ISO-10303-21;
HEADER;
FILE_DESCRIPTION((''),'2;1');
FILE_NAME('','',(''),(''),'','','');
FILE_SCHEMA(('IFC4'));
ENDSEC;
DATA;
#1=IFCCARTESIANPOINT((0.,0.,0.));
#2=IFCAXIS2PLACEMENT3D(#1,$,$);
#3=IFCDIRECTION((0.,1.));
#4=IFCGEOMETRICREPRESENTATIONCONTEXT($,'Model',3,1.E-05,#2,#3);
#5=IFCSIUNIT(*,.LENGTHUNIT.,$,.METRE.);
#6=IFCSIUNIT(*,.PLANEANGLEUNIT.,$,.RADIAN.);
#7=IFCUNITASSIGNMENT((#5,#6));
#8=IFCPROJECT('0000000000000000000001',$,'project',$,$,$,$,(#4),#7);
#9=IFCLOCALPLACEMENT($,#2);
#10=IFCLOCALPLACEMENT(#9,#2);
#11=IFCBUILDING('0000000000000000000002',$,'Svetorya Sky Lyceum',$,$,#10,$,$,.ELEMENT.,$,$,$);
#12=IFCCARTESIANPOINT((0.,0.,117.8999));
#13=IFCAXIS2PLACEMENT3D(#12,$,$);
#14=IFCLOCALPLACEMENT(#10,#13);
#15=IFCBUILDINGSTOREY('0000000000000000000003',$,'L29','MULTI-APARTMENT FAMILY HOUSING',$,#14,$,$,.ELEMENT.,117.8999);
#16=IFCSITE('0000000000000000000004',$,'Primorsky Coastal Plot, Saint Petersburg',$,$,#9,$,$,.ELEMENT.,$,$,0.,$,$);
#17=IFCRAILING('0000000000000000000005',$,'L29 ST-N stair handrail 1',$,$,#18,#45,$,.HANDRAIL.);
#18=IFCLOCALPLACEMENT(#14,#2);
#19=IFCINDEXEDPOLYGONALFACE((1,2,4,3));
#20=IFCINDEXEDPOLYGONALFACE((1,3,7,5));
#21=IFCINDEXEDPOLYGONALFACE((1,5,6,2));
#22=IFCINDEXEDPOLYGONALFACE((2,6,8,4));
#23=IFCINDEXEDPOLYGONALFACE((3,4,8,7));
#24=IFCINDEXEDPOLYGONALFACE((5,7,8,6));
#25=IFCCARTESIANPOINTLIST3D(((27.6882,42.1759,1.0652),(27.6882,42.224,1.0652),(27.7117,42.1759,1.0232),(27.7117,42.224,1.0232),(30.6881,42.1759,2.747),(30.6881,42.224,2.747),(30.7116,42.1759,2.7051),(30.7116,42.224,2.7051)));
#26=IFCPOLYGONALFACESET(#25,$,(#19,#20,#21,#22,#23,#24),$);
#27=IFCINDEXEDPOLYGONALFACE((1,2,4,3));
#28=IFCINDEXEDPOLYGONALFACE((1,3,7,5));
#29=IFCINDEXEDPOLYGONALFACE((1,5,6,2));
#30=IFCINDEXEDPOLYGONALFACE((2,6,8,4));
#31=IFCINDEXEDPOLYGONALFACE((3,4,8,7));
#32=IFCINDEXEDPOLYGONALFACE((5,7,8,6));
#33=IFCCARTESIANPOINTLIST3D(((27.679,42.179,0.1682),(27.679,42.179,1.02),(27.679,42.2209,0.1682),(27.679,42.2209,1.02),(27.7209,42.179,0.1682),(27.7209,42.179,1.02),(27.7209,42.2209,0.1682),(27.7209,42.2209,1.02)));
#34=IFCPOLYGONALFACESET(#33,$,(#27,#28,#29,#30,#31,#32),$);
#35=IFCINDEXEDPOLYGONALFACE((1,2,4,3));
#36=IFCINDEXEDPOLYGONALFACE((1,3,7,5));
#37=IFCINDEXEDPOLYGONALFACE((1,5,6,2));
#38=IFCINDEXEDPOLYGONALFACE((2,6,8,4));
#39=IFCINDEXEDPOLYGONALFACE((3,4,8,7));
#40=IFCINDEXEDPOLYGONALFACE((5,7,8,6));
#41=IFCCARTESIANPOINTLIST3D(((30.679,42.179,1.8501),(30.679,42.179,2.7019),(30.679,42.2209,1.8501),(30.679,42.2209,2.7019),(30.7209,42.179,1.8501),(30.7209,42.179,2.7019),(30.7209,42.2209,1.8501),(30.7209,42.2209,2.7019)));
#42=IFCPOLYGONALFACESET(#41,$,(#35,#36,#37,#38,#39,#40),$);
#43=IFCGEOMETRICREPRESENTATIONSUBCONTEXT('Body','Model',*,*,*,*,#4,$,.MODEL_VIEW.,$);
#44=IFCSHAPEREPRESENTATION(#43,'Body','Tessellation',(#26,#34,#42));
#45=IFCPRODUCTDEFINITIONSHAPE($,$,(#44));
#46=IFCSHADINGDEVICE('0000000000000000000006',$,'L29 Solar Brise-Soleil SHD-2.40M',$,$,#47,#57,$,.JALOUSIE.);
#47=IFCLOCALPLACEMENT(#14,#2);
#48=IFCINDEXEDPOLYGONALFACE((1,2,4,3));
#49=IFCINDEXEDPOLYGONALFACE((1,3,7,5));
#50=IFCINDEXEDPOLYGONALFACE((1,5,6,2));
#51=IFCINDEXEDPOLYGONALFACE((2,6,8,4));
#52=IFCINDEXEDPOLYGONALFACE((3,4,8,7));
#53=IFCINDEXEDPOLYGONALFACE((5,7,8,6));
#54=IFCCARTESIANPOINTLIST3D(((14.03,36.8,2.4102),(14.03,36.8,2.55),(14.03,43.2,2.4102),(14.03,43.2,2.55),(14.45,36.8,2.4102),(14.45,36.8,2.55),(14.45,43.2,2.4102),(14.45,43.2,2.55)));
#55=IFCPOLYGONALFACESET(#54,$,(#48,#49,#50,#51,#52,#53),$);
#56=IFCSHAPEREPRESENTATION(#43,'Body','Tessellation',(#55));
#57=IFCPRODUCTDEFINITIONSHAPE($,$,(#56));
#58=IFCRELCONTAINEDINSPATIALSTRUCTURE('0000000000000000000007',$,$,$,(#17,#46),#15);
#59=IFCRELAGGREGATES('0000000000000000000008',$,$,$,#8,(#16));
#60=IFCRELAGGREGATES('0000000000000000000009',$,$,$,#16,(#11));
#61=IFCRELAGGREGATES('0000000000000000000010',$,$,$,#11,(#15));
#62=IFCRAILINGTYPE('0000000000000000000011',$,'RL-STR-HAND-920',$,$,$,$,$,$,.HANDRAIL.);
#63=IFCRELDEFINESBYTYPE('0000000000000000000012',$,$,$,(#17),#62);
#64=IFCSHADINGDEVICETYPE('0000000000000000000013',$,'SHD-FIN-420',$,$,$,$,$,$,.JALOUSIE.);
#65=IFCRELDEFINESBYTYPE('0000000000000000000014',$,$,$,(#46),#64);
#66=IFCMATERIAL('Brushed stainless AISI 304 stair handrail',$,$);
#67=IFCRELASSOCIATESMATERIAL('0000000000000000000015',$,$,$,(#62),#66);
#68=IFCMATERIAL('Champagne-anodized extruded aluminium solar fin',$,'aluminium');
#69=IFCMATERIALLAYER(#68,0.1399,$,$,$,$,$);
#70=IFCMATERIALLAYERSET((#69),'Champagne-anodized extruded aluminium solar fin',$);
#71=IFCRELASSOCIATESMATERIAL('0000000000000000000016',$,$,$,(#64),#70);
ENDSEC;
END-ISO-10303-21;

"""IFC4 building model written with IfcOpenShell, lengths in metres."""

from ifc_helpers import new_model, si_unit, direction, frame, origin, origin_2d, place, context, subcontext, project, spatial, rectangle, extrude, material, layer, layer_set, type_object, element, save


model = new_model("IFC4")

# Units and contexts
model_context = context("Model", 3, precision=1e-05, world=origin(), true_north=direction((0.0, 1.0)))
body_context = subcontext(model_context, "Body", "Model", "MODEL_VIEW")
ifc_project = project(units=[si_unit("LENGTHUNIT", "METRE"), si_unit("PLANEANGLEUNIT", "RADIAN")], contexts=[model_context])

# Site, building, storey
site_placement = place(None, origin())
site = spatial("IfcSite", under=ifc_project, at=site_placement, Name="Primorsky Coastal Plot, Saint Petersburg", CompositionType="ELEMENT", RefElevation=0.0)
building_placement = place(site_placement, origin())
building = spatial("IfcBuilding", under=site, at=building_placement, Name="Svetorya Sky Lyceum", CompositionType="ELEMENT")
storey_placement = place(building_placement, frame((0.0, 0.0, 117.8999)))
storey = spatial("IfcBuildingStorey", under=building, at=storey_placement, Name="L29", Description="MULTI-APARTMENT FAMILY HOUSING", CompositionType="ELEMENT", Elevation=117.8999)

# Railing
ifc_material_1 = material(Name="Brushed stainless AISI 304 stair handrail")
railing_type = type_object("IfcRailingType", Name="RL-STR-HAND-920", PredefinedType="HANDRAIL", material=ifc_material_1)
railing_placement = place(storey_placement, frame((27.7, 42.2, 0.1682)))
element("IfcRailing", 1, at=railing_placement, inside=storey, type_object=railing_type, Name="L29 ST-N stair handrail 1", PredefinedType="HANDRAIL", context=body_context, shape_type="SweptSolid", body=[
    extrude(rectangle(XDim=0.0481, YDim=0.0481, at=origin_2d()), frame((0.0, 0.0, 0.876), z_axis=(0.872272, 0.0, 0.48902), x_axis=(0.0, 1.0, 0.0)), (0.0, 0.0, 1.0), 3.4392),
    extrude(rectangle(XDim=0.042, YDim=0.042, at=origin_2d()), origin(), (0.0, 0.0, 1.0), 0.8518),
    extrude(rectangle(XDim=0.042, YDim=0.042, at=origin_2d()), frame((3.0, 0.0, 1.6819)), (0.0, 0.0, 1.0), 0.8518),
])

# Shading device
ifc_material_2 = material(Name="Champagne-anodized extruded aluminium solar fin", Category="aluminium")
ifc_layer_1 = layer(ifc_material_2, 0.1399)
ifc_layer_set_1 = layer_set([ifc_layer_1], Name="Champagne-anodized extruded aluminium solar fin")
shading_device_type = type_object("IfcShadingDeviceType", Name="SHD-FIN-420", PredefinedType="JALOUSIE", material=ifc_layer_set_1)
shading_device_placement = place(storey_placement, frame((14.24, 40.0, 2.4102), z_axis=(0.0, 0.0, 1.0), x_axis=(1.0, 0.0, 0.0)))
element("IfcShadingDevice", 2, at=shading_device_placement, inside=storey, type_object=shading_device_type, Name="L29 Solar Brise-Soleil SHD-2.40M", PredefinedType="JALOUSIE", context=body_context, shape_type="SweptSolid", body=[
    extrude(rectangle(XDim=0.4199, YDim=6.3999, at=origin_2d()), origin(), (0.0, 0.0, 1.0), 0.1399),
])

save(model, "model.ifc")
